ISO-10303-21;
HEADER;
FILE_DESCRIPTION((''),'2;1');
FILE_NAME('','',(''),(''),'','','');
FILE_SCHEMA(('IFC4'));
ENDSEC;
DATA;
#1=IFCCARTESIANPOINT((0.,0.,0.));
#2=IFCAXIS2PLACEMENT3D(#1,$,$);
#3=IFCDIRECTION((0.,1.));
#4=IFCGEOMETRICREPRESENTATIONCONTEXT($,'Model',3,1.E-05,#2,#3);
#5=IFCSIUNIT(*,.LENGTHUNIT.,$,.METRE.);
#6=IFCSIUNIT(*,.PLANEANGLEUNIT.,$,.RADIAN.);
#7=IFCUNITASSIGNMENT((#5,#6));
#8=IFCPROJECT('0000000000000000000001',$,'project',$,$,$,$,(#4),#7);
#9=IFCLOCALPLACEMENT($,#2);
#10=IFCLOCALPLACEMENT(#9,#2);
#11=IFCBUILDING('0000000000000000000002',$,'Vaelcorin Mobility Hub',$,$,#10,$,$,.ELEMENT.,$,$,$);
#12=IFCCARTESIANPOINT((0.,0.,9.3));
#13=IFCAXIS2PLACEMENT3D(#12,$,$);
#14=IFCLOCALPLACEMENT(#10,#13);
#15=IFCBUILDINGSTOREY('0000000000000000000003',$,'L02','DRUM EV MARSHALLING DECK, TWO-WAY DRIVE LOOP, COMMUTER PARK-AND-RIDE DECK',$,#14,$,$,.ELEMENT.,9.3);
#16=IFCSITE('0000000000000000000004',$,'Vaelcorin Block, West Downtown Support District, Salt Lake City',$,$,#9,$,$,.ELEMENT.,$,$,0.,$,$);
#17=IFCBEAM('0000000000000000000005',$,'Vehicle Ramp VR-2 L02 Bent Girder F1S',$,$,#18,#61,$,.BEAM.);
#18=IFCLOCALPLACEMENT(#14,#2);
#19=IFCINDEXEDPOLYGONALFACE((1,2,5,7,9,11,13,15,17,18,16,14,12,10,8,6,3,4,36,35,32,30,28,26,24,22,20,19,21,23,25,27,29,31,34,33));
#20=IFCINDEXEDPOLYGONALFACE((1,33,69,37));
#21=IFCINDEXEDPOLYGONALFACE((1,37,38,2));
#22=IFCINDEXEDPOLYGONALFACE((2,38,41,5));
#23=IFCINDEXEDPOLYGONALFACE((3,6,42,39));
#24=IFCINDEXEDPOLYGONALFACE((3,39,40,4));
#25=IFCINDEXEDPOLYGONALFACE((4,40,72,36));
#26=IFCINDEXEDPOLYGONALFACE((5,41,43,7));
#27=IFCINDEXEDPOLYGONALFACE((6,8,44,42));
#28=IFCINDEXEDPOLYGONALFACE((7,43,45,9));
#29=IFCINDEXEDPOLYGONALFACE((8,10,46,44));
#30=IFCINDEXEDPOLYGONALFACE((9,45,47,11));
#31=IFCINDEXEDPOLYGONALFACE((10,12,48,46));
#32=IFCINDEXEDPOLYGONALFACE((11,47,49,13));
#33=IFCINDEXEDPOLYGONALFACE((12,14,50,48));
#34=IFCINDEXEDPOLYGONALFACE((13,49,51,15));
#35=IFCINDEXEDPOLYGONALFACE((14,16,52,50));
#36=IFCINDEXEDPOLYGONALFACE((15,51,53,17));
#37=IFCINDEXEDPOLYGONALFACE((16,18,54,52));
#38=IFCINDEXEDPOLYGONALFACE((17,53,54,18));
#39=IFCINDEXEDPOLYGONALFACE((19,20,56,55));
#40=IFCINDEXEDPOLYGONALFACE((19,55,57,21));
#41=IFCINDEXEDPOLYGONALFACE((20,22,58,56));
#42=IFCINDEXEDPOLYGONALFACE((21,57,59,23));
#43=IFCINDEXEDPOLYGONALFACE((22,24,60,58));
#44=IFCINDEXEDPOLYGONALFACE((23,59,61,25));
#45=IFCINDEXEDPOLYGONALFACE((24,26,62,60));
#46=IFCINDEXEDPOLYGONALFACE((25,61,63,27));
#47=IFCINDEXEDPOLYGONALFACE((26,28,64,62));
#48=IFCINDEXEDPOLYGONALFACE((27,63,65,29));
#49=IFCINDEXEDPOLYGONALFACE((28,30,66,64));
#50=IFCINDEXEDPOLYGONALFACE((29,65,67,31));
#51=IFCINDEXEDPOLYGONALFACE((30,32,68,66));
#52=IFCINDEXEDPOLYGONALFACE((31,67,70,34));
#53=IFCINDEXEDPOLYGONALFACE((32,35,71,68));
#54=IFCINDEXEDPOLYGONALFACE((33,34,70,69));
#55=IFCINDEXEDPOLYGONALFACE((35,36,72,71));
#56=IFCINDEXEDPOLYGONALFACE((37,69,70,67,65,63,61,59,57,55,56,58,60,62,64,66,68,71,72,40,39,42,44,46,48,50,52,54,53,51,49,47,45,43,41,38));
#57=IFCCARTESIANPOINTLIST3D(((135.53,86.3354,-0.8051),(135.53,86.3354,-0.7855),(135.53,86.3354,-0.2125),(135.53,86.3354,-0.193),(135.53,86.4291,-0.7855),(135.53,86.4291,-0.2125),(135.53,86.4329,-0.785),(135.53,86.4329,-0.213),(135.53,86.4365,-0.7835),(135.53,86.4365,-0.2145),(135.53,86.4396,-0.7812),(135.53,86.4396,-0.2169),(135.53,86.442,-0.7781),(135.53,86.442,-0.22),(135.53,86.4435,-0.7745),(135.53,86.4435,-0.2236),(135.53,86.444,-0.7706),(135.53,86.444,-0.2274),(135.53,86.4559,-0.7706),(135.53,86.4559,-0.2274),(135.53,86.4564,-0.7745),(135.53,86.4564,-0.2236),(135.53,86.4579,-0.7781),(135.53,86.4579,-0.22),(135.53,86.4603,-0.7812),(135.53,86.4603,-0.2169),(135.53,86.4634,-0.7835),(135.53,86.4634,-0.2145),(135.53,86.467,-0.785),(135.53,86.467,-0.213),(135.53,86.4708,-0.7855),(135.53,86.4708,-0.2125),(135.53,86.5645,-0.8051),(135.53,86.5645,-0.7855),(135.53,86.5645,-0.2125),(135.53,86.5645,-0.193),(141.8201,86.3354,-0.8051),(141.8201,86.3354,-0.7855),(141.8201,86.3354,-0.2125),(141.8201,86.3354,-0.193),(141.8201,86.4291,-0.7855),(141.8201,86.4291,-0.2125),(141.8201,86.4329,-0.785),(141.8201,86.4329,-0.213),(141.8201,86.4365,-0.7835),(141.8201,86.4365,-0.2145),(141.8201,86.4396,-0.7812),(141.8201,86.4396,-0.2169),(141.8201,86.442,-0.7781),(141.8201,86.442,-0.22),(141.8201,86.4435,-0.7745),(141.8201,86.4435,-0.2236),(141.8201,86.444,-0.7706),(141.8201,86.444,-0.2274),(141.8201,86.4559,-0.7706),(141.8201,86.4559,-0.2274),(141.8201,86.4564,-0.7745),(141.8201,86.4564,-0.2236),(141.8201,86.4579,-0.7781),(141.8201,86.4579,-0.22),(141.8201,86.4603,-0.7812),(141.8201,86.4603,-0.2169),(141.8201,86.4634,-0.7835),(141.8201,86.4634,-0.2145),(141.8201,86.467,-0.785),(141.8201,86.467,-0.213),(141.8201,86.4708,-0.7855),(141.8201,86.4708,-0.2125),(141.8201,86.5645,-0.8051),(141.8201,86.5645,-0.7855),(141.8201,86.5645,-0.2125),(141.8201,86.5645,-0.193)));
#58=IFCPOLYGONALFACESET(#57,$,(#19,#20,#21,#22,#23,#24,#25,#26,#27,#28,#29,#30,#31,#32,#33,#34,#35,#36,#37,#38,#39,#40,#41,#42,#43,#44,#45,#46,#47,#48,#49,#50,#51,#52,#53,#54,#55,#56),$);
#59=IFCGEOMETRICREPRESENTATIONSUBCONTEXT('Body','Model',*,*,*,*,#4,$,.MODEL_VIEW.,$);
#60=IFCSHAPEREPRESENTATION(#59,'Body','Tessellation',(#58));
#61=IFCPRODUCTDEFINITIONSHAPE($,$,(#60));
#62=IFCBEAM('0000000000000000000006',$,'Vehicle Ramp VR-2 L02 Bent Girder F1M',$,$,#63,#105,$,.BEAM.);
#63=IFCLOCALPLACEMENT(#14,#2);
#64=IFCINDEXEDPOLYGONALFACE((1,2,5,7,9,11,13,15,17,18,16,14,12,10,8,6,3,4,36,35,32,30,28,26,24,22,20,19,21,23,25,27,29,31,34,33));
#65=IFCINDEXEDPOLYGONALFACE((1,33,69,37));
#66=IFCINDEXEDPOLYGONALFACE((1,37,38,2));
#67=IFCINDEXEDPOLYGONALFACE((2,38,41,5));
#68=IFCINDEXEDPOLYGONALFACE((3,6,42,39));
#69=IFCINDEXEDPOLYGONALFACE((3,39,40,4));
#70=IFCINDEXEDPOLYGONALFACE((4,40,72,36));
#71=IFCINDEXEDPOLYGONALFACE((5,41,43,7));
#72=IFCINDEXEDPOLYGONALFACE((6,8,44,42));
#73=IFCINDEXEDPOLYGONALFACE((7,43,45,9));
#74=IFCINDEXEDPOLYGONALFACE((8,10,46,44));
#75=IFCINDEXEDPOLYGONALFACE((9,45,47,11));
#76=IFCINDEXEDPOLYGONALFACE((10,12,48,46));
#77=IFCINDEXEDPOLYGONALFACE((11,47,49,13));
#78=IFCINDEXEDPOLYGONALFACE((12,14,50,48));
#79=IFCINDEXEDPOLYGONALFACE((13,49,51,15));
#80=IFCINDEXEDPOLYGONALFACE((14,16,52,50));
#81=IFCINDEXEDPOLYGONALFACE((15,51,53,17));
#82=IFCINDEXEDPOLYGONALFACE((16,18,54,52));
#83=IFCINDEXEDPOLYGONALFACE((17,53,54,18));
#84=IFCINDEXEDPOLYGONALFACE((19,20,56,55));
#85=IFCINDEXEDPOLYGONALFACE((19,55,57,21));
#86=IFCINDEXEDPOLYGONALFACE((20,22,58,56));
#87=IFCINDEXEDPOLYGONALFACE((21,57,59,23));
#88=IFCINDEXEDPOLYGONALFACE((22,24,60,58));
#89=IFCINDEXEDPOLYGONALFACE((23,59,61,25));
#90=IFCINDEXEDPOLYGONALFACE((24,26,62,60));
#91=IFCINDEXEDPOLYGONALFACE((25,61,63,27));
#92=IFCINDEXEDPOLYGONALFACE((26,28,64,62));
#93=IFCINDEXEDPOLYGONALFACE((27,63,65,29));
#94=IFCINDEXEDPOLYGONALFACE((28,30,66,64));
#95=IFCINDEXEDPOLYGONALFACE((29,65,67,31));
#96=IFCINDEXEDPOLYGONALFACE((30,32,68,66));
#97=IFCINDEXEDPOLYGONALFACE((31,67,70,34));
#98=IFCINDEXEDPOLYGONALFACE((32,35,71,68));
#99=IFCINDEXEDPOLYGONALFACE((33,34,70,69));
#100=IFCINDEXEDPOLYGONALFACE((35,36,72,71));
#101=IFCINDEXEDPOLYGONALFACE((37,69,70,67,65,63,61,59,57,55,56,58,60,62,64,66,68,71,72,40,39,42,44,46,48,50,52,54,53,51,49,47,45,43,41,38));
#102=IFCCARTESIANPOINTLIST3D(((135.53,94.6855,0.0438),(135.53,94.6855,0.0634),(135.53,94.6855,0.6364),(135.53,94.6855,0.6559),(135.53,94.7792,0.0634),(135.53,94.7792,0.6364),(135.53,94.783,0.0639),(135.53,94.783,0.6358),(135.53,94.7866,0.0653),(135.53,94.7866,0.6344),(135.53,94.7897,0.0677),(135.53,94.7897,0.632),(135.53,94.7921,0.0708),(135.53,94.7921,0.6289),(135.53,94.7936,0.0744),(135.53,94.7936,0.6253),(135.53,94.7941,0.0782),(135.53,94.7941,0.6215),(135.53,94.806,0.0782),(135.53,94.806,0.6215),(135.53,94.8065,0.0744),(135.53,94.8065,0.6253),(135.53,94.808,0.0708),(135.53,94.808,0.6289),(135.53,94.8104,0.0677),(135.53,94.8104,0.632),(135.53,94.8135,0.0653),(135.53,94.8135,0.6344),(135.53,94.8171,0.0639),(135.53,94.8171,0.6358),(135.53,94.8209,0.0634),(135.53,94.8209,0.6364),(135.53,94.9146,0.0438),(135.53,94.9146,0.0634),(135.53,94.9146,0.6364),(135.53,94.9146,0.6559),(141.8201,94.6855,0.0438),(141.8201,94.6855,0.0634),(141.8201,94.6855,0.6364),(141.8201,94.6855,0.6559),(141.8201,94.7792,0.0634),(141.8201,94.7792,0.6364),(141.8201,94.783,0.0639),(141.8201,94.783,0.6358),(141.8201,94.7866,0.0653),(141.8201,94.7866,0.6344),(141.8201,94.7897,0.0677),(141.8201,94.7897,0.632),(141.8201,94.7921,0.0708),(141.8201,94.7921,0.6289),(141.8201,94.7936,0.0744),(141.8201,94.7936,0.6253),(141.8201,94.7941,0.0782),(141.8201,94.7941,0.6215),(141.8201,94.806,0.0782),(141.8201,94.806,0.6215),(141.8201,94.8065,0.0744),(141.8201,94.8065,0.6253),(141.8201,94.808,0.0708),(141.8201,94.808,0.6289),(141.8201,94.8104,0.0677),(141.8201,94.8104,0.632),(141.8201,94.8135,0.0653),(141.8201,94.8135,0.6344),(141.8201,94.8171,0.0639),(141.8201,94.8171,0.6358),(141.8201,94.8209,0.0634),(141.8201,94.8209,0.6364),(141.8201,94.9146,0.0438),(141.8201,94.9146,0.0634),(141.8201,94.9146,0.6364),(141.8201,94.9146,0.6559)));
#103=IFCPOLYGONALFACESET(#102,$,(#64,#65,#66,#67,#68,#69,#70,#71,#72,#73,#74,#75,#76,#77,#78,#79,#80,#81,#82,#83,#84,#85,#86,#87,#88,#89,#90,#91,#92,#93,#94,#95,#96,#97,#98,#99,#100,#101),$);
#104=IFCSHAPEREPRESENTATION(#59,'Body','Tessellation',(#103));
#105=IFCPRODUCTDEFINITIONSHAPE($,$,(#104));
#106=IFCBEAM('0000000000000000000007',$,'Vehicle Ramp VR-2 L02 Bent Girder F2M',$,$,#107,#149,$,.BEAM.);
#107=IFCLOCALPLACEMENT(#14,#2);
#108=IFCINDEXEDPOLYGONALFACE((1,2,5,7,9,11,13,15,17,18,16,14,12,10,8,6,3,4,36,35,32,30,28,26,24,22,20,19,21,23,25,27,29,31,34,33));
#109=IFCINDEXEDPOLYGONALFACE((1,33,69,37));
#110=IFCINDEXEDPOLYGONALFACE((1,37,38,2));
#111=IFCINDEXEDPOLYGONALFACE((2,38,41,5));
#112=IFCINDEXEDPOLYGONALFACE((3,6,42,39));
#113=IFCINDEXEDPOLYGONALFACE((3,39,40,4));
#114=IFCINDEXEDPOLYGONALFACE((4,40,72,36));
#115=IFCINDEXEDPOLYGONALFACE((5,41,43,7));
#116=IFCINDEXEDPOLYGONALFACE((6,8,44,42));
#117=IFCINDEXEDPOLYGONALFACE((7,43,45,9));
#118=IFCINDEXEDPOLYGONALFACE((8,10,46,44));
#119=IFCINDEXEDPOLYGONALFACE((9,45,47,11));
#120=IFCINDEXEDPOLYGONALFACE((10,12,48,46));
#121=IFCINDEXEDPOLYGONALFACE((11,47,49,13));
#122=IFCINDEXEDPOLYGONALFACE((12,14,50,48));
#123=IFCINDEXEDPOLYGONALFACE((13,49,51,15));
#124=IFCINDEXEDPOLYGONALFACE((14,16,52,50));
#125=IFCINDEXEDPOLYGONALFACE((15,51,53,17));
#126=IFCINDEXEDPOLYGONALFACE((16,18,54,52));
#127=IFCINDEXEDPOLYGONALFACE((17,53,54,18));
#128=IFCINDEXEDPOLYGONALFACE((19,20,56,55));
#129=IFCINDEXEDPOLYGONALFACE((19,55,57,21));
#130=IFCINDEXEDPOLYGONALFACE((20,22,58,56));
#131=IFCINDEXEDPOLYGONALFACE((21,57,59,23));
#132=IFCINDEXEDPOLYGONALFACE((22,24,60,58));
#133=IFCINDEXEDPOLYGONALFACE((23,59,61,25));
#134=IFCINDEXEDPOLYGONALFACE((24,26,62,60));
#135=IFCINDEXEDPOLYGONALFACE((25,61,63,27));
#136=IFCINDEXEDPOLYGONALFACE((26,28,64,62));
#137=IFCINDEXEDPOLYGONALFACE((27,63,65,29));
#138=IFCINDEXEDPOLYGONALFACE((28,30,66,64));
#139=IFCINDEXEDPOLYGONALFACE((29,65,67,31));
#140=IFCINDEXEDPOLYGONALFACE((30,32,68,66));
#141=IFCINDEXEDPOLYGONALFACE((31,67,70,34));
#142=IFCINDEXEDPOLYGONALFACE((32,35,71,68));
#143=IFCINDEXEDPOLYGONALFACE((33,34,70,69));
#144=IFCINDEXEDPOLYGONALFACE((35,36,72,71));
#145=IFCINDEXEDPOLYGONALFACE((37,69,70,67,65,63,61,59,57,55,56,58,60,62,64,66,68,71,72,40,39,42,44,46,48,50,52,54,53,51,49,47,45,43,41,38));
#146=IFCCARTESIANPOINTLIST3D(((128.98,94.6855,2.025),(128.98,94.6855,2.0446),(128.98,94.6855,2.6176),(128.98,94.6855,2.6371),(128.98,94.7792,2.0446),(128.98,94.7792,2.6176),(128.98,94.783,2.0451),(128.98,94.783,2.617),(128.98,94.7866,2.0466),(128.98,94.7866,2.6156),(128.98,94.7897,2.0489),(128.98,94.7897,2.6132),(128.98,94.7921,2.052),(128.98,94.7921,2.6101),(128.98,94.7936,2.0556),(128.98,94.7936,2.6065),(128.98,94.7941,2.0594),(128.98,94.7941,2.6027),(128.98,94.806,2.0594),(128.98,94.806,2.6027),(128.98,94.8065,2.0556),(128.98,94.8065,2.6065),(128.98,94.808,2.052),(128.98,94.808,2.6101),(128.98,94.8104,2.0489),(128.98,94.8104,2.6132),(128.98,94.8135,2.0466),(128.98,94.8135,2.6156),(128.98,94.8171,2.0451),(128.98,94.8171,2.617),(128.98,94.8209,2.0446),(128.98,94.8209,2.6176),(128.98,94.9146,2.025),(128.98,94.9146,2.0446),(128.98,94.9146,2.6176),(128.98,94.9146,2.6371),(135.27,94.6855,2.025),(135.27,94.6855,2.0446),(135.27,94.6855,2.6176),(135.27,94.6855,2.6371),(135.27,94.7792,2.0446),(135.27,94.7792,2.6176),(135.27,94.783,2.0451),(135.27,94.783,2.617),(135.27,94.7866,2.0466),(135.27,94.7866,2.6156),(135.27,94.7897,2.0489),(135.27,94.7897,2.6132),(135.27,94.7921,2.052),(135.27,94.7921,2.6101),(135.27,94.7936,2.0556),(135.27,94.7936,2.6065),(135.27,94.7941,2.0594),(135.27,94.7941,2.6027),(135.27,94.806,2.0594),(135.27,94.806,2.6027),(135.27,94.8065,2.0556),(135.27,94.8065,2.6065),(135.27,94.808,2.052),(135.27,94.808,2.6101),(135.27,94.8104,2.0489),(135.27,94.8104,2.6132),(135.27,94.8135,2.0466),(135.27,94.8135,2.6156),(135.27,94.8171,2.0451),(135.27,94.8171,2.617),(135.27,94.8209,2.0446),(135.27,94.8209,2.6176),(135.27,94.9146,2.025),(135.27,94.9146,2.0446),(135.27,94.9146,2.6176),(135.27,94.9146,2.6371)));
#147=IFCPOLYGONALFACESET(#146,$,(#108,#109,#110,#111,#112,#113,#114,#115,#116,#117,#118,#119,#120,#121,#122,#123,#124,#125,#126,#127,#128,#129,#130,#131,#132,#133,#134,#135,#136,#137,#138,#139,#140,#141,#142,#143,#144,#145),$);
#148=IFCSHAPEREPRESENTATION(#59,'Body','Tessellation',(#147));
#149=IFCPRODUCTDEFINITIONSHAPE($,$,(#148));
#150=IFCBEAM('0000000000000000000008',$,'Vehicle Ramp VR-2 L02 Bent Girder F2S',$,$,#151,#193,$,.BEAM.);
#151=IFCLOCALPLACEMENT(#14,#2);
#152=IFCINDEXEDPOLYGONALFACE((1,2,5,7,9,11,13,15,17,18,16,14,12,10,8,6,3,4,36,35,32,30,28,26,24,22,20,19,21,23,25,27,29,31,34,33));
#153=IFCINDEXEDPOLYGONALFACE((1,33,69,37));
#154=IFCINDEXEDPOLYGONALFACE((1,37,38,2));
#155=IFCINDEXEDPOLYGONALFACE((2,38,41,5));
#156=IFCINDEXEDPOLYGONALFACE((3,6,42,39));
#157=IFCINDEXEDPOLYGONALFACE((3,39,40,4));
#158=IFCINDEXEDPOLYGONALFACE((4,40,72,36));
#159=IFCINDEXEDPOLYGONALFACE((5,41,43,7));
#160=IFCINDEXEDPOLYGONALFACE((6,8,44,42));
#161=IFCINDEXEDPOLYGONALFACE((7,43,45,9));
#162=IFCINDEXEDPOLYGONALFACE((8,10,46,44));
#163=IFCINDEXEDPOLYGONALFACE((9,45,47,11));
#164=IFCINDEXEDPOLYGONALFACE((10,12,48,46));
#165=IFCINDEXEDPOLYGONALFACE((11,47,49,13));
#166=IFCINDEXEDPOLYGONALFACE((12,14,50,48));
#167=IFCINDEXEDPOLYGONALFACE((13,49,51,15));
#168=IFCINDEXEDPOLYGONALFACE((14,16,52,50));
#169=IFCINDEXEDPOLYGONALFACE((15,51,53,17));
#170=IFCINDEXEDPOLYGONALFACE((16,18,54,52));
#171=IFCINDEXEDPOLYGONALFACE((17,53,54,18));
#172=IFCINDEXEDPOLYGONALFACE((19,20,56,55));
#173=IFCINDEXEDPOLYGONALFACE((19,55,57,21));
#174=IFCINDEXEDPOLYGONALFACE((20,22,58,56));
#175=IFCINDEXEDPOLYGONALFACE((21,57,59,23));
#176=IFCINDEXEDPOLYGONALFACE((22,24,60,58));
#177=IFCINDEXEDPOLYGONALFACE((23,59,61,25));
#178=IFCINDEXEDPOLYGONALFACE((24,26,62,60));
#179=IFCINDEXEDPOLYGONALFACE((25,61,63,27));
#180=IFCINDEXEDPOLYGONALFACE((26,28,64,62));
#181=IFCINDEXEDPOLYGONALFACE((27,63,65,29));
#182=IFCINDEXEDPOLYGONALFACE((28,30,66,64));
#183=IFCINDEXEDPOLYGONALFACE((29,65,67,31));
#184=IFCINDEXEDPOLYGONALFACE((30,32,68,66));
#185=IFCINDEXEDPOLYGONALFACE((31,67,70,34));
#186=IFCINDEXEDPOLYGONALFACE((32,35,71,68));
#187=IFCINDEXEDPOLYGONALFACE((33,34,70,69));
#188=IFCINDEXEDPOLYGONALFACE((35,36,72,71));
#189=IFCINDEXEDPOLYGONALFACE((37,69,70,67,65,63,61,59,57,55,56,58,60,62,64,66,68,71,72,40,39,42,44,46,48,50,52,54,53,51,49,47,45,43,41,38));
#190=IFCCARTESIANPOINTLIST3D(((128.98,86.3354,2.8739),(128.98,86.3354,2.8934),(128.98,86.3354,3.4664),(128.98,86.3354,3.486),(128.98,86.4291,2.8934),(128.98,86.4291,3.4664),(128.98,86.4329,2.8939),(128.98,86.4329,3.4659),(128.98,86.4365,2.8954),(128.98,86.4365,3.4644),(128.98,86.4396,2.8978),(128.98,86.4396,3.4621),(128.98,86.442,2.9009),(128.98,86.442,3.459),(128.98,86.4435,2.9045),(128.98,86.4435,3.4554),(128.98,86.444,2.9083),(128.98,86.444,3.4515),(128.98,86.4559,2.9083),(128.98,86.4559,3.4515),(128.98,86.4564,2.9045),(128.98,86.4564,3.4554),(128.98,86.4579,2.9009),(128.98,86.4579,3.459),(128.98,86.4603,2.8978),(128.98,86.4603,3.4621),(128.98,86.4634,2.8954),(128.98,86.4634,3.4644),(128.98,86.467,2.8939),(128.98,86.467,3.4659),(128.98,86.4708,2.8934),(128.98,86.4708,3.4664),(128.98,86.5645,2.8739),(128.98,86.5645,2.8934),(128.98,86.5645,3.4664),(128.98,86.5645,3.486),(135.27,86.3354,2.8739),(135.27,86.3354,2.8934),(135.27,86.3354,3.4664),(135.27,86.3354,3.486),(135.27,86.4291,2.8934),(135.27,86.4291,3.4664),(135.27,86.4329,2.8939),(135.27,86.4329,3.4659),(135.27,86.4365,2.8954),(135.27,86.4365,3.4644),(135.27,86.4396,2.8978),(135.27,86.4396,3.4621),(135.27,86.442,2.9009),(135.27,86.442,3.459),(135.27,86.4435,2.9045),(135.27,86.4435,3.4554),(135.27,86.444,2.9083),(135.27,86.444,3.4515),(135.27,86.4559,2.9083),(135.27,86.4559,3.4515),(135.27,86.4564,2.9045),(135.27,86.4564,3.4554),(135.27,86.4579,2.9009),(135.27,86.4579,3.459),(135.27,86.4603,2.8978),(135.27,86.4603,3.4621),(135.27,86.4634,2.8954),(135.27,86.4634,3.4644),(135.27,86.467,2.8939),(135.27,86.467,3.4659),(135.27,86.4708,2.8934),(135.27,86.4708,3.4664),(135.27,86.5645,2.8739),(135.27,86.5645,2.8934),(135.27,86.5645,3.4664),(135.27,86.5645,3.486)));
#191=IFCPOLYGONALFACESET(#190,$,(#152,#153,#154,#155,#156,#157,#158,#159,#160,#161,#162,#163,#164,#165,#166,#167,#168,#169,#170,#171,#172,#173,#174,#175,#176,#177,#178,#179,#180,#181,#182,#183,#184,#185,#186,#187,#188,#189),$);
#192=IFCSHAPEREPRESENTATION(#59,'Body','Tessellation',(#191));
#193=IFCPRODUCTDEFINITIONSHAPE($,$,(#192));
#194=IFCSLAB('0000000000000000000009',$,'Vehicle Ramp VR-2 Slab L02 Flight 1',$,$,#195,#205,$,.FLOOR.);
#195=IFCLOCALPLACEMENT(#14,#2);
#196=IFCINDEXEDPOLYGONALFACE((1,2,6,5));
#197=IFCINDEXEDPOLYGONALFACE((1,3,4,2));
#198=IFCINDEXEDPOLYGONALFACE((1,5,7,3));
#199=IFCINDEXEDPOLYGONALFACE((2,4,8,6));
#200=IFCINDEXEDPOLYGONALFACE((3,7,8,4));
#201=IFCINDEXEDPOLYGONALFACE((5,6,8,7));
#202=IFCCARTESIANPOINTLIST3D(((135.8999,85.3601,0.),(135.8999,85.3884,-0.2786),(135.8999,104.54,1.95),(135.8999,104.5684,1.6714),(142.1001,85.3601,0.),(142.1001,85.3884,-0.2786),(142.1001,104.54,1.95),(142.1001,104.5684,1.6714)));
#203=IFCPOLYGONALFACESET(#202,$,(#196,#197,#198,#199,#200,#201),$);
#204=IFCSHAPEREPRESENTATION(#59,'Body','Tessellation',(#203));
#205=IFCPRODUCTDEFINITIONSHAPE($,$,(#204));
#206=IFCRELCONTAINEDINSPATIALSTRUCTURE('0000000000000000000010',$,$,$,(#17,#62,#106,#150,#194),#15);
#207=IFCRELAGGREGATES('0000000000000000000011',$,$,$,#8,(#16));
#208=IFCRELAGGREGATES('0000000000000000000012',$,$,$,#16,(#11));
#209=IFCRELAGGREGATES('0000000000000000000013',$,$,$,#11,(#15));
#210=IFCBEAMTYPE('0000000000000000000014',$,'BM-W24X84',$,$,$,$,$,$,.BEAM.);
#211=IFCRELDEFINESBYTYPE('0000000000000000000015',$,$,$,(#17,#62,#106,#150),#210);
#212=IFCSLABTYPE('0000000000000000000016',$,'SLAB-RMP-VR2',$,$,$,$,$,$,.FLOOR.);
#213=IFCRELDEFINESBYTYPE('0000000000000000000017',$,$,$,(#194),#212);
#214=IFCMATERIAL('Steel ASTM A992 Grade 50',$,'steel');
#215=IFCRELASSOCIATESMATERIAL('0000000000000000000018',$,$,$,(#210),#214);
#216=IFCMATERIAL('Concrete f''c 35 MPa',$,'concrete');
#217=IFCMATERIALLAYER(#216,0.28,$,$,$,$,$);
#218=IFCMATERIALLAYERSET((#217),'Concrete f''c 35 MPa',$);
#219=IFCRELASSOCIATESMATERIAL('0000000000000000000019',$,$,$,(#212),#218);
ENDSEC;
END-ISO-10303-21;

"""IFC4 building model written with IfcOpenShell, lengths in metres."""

from ifc_helpers import new_model, si_unit, direction, frame, origin, origin_2d, place, context, subcontext, project, spatial, polyline, i_section, outline, extrude, material, layer, layer_set, material_profile, profile_set, type_object, element, save


model = new_model("IFC4")

# Units and contexts
model_context = context("Model", 3, precision=1e-05, world=origin(), true_north=direction((0.0, 1.0)))
body_context = subcontext(model_context, "Body", "Model", "MODEL_VIEW")
ifc_project = project(units=[si_unit("LENGTHUNIT", "METRE"), si_unit("PLANEANGLEUNIT", "RADIAN")], contexts=[model_context])

# Site, building, storey
site_placement = place(None, origin())
site = spatial("IfcSite", under=ifc_project, at=site_placement, Name="Vaelcorin Block, West Downtown Support District, Salt Lake City", CompositionType="ELEMENT", RefElevation=0.0)
building_placement = place(site_placement, origin())
building = spatial("IfcBuilding", under=site, at=building_placement, Name="Vaelcorin Mobility Hub", CompositionType="ELEMENT")
storey_placement = place(building_placement, frame((0.0, 0.0, 9.3)))
storey = spatial("IfcBuildingStorey", under=building, at=storey_placement, Name="L02", Description="DRUM EV MARSHALLING DECK, TWO-WAY DRIVE LOOP, COMMUTER PARK-AND-RIDE DECK", CompositionType="ELEMENT", Elevation=9.3)

# Shared definitions
ifc_material_1 = material(Name="Steel ASTM A992 Grade 50", Category="steel")

# Beams
ifc_material_profile_1 = material_profile(ifc_material_1, i_section(OverallWidth=0.229, OverallDepth=0.6121, WebThickness=0.012, FlangeThickness=0.0195, FilletRadius=0.0149, at=origin_2d()), Name="W24X84")
ifc_profile_set_1 = profile_set([ifc_material_profile_1], Name="Steel ASTM A992 Grade 50")
beam_type_1 = type_object("IfcBeamType", Name="BM-W24X84", PredefinedType="BEAM", material=ifc_profile_set_1)
for number, where, z_axis, x_axis, name in (
    (1, (135.53, 86.45, -0.499), (1.0, 0.0, 0.0), (0.0, 1.0, 0.0), "Vehicle Ramp VR-2 L02 Bent Girder F1S"),
    (2, (135.53, 94.8, 0.3499), (1.0, 0.0, 0.0), (0.0, 1.0, 0.0), "Vehicle Ramp VR-2 L02 Bent Girder F1M"),
    (3, (128.98, 94.8, 2.3311), (1.0, 0.0, 0.0), (0.0, 1.0, 0.0), "Vehicle Ramp VR-2 L02 Bent Girder F2M"),
    (4, (128.98, 86.45, 3.1799), (1.0, 0.0, 0.0), (0.0, 1.0, 0.0), "Vehicle Ramp VR-2 L02 Bent Girder F2S"),
):
    element("IfcBeam", number, at=place(storey_placement, frame(where, z_axis=z_axis, x_axis=x_axis)), inside=storey, type_object=beam_type_1, Name=name, PredefinedType="BEAM", context=body_context, shape_type="SweptSolid", body=[
        extrude(i_section(OverallWidth=0.229, OverallDepth=0.6121, WebThickness=0.012, FlangeThickness=0.0195, FilletRadius=0.0149, at=origin_2d()), origin(), (0.0, 0.0, 1.0), 6.29),
    ])

# Slab
ifc_material_2 = material(Name="Concrete f'c 35 MPa", Category="concrete")
ifc_layer_1 = layer(ifc_material_2, 0.28)
ifc_layer_set_1 = layer_set([ifc_layer_1], Name="Concrete f'c 35 MPa")
slab_type = type_object("IfcSlabType", Name="SLAB-RMP-VR2", PredefinedType="FLOOR", material=ifc_layer_set_1)
slab_1_placement = place(storey_placement, frame((135.8999, 85.3601, 0.0), z_axis=(0.0, -0.101145, 0.994872), x_axis=(1.0, 0.0, 0.0)))
element("IfcSlab", 5, at=slab_1_placement, inside=storey, type_object=slab_type, Name="Vehicle Ramp VR-2 Slab L02 Flight 1", PredefinedType="FLOOR", context=body_context, shape_type="SweptSolid", body=[
    extrude(outline(polyline([(0.0, 0.0), (6.2002, 0.0), (6.2002, 19.2788), (0.0, 19.2788), (0.0, 0.0)])), origin(), (0.0, 0.0, -1.0), 0.28),
])

save(model, "model.ifc")
